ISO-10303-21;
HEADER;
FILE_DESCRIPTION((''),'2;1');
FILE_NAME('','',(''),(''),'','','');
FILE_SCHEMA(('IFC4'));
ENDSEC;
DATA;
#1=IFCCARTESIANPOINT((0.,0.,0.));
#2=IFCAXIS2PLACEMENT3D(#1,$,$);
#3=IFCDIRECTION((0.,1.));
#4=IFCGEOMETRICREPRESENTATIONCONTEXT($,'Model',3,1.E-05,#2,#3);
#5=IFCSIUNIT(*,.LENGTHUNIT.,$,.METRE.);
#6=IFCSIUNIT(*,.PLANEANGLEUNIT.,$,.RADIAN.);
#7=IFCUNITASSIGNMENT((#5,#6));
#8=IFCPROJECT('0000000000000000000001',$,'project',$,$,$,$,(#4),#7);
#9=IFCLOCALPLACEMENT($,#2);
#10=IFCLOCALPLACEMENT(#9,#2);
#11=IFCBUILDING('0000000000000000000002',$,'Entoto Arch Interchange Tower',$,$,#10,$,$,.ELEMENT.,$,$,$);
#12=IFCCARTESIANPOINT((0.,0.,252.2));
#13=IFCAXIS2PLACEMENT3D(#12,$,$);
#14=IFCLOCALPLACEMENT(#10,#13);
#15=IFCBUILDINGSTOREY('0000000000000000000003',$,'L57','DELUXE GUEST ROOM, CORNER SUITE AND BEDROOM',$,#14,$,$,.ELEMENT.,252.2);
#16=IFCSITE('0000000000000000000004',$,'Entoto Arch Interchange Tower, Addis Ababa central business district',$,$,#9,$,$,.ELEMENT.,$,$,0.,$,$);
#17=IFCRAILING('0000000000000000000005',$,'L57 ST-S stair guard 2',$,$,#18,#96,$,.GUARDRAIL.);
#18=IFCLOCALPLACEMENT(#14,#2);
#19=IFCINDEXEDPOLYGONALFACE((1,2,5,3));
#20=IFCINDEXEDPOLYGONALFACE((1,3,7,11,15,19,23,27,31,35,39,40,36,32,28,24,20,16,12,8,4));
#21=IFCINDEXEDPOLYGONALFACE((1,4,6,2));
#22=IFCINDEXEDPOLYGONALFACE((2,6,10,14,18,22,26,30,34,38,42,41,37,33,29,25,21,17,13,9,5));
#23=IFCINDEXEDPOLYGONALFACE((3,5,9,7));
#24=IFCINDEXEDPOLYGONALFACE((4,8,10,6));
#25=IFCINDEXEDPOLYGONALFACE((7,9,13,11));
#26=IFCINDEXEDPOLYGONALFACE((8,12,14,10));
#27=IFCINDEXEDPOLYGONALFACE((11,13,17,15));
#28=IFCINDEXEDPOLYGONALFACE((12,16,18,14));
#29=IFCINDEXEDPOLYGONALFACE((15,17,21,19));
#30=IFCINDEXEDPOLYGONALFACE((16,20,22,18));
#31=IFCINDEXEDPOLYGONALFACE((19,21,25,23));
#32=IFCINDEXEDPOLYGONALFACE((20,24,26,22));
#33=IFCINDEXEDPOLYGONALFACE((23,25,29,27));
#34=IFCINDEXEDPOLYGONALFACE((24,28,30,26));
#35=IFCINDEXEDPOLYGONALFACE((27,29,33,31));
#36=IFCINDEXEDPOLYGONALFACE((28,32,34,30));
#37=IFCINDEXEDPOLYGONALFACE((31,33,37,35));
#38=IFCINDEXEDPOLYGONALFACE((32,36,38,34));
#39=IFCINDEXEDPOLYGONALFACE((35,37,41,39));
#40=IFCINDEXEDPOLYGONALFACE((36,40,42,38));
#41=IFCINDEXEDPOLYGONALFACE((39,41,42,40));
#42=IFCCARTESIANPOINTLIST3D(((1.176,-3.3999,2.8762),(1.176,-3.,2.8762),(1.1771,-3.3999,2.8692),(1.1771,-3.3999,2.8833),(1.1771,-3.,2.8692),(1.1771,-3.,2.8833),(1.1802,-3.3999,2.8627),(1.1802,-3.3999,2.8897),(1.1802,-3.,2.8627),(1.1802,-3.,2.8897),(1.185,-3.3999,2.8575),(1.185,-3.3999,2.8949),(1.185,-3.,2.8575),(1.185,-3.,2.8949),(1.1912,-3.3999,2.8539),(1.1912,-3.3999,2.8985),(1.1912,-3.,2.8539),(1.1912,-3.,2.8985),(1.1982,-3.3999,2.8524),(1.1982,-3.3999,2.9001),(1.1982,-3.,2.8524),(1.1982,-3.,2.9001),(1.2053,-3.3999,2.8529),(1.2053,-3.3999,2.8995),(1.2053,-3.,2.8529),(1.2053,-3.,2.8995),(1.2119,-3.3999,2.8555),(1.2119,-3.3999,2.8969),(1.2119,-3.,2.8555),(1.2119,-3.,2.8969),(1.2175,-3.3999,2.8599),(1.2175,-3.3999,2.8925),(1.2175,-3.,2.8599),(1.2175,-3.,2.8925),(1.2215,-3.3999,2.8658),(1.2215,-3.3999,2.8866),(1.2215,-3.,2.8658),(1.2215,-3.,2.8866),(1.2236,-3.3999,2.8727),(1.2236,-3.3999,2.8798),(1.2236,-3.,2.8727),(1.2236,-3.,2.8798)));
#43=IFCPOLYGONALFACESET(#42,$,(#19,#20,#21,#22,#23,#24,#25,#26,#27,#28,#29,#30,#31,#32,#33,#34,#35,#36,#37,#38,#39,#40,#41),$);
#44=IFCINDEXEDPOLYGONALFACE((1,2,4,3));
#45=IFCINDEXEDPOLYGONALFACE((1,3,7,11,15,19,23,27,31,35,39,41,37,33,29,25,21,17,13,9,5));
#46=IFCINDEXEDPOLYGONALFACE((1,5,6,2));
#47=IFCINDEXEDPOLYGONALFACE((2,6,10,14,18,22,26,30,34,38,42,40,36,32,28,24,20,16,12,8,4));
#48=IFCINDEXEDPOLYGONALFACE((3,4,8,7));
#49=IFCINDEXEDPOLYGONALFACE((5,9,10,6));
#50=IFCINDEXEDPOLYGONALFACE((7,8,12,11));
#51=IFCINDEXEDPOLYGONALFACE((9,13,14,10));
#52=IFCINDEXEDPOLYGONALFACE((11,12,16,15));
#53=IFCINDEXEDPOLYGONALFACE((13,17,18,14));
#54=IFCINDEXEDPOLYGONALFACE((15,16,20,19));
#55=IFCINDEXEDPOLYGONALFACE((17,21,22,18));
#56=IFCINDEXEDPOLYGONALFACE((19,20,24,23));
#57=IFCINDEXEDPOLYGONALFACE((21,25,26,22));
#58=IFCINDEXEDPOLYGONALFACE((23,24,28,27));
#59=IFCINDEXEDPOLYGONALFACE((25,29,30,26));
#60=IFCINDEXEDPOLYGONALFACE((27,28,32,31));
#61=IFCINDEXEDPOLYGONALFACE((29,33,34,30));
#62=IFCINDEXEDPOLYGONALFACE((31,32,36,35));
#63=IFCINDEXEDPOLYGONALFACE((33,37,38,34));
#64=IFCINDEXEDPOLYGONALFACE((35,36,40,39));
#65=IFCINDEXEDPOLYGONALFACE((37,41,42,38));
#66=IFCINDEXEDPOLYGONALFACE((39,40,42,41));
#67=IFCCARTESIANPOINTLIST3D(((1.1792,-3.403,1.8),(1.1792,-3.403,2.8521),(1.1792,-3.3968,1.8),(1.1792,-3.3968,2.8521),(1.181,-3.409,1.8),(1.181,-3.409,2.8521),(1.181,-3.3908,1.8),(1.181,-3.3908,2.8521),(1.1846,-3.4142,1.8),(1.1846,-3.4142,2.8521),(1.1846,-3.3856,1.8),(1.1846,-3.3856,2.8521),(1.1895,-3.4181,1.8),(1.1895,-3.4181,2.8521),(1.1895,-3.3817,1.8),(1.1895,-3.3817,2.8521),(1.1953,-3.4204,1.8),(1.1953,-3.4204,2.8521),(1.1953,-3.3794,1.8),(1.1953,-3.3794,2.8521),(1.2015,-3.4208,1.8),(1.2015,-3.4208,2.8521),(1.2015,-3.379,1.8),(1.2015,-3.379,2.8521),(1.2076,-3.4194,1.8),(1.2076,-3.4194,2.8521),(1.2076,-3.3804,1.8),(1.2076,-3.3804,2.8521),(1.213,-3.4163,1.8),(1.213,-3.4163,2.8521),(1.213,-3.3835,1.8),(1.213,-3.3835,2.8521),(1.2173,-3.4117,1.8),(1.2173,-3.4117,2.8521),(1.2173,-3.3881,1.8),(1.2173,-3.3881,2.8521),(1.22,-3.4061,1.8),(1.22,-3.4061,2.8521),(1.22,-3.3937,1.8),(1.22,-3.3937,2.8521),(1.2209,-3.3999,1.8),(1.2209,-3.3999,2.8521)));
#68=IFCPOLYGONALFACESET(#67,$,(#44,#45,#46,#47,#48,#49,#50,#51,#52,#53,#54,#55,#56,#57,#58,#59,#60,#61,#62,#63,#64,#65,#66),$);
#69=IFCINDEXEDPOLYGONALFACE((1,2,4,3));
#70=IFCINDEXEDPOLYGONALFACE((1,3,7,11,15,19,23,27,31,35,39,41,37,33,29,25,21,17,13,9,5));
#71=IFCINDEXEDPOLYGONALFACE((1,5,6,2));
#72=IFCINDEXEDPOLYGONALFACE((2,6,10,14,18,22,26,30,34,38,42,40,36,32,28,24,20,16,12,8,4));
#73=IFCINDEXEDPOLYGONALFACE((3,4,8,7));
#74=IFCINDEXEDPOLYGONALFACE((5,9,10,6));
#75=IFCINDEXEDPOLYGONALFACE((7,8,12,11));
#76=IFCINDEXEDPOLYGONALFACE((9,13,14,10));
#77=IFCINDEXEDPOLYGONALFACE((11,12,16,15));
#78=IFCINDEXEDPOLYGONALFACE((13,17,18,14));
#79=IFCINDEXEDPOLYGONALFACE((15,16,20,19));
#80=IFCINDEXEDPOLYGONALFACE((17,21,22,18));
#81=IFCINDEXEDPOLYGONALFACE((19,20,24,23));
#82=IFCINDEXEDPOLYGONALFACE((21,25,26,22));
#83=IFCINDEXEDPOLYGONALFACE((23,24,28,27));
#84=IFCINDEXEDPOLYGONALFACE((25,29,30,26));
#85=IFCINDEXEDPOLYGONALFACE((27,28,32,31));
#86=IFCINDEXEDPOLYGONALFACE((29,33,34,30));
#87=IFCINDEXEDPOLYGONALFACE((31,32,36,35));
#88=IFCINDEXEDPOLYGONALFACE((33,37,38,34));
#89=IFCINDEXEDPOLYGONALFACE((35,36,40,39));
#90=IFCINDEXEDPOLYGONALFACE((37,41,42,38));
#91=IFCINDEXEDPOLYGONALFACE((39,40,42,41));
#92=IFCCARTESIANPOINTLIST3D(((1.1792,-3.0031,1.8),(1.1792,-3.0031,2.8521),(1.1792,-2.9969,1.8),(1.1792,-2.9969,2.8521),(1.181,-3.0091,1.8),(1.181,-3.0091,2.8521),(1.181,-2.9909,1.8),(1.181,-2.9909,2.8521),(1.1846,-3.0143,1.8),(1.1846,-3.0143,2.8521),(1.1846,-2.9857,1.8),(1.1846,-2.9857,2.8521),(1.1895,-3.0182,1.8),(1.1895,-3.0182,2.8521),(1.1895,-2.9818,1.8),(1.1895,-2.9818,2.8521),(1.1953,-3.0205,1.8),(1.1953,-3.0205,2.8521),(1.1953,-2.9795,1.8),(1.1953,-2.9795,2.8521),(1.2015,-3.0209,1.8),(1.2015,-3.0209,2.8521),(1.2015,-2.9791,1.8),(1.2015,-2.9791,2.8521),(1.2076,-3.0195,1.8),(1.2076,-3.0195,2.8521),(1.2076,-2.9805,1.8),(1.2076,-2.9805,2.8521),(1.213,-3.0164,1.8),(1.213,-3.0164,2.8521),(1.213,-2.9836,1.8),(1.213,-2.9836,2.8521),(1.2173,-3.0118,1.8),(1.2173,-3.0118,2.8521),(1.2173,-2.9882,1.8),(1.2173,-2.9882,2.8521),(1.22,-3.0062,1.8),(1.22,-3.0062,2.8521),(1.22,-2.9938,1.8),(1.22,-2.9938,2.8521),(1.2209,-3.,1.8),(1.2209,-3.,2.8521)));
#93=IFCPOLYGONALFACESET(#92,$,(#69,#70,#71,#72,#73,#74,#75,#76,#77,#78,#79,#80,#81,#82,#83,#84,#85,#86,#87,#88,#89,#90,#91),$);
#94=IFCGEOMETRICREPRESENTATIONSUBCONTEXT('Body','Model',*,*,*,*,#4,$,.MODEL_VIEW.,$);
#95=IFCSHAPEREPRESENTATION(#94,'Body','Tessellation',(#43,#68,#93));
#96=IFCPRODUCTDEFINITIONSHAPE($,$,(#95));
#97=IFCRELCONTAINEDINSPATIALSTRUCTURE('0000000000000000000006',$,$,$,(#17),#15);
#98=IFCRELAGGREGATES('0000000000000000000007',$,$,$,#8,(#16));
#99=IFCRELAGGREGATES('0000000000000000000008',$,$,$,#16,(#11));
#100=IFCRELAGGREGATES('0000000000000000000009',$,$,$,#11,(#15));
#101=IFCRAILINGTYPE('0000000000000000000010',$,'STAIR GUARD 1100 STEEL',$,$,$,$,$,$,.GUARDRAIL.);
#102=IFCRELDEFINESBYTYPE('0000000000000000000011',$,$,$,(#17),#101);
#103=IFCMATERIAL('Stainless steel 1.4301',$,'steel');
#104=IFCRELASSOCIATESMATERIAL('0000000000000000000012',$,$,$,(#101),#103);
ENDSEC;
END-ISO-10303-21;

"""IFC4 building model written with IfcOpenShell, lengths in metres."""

from ifc_helpers import new_model, si_unit, direction, frame, origin, origin_2d, place, context, subcontext, project, spatial, circle, extrude, material, type_object, element, save


model = new_model("IFC4")

# Units and contexts
model_context = context("Model", 3, precision=1e-05, world=origin(), true_north=direction((0.0, 1.0)))
body_context = subcontext(model_context, "Body", "Model", "MODEL_VIEW")
ifc_project = project(units=[si_unit("LENGTHUNIT", "METRE"), si_unit("PLANEANGLEUNIT", "RADIAN")], contexts=[model_context])

# Site, building, storey
site_placement = place(None, origin())
site = spatial("IfcSite", under=ifc_project, at=site_placement, Name="Entoto Arch Interchange Tower, Addis Ababa central business district", CompositionType="ELEMENT", RefElevation=0.0)
building_placement = place(site_placement, origin())
building = spatial("IfcBuilding", under=site, at=building_placement, Name="Entoto Arch Interchange Tower", CompositionType="ELEMENT")
storey_placement = place(building_placement, frame((0.0, 0.0, 252.2)))
storey = spatial("IfcBuildingStorey", under=building, at=storey_placement, Name="L57", Description="DELUXE GUEST ROOM, CORNER SUITE AND BEDROOM", CompositionType="ELEMENT", Elevation=252.2)

# Railing
ifc_material_1 = material(Name="Stainless steel 1.4301", Category="steel")
railing_type_1 = type_object("IfcRailingType", Name="STAIR GUARD 1100 STEEL", PredefinedType="GUARDRAIL", material=ifc_material_1)
railing_1_placement = place(storey_placement, frame((1.2, -3.3999, 1.8)))
element("IfcRailing", 1, at=railing_1_placement, inside=storey, type_object=railing_type_1, Name="L57 ST-S stair guard 2", PredefinedType="GUARDRAIL", context=body_context, shape_type="SweptSolid", body=[
    extrude(circle(Radius=0.0239, at=origin_2d()), frame((0.0, 0.0, 1.0762), z_axis=(0.0, 1.0, 0.0), x_axis=(-1.0, 0.0, 0.0)), (0.0, 0.0, 1.0), 0.3999),
    extrude(circle(Radius=0.021, at=origin_2d()), origin(), (0.0, 0.0, 1.0), 1.052),
    extrude(circle(Radius=0.021, at=origin_2d()), frame((0.0, 0.3999, 0.0)), (0.0, 0.0, 1.0), 1.052),
])

save(model, "model.ifc")
